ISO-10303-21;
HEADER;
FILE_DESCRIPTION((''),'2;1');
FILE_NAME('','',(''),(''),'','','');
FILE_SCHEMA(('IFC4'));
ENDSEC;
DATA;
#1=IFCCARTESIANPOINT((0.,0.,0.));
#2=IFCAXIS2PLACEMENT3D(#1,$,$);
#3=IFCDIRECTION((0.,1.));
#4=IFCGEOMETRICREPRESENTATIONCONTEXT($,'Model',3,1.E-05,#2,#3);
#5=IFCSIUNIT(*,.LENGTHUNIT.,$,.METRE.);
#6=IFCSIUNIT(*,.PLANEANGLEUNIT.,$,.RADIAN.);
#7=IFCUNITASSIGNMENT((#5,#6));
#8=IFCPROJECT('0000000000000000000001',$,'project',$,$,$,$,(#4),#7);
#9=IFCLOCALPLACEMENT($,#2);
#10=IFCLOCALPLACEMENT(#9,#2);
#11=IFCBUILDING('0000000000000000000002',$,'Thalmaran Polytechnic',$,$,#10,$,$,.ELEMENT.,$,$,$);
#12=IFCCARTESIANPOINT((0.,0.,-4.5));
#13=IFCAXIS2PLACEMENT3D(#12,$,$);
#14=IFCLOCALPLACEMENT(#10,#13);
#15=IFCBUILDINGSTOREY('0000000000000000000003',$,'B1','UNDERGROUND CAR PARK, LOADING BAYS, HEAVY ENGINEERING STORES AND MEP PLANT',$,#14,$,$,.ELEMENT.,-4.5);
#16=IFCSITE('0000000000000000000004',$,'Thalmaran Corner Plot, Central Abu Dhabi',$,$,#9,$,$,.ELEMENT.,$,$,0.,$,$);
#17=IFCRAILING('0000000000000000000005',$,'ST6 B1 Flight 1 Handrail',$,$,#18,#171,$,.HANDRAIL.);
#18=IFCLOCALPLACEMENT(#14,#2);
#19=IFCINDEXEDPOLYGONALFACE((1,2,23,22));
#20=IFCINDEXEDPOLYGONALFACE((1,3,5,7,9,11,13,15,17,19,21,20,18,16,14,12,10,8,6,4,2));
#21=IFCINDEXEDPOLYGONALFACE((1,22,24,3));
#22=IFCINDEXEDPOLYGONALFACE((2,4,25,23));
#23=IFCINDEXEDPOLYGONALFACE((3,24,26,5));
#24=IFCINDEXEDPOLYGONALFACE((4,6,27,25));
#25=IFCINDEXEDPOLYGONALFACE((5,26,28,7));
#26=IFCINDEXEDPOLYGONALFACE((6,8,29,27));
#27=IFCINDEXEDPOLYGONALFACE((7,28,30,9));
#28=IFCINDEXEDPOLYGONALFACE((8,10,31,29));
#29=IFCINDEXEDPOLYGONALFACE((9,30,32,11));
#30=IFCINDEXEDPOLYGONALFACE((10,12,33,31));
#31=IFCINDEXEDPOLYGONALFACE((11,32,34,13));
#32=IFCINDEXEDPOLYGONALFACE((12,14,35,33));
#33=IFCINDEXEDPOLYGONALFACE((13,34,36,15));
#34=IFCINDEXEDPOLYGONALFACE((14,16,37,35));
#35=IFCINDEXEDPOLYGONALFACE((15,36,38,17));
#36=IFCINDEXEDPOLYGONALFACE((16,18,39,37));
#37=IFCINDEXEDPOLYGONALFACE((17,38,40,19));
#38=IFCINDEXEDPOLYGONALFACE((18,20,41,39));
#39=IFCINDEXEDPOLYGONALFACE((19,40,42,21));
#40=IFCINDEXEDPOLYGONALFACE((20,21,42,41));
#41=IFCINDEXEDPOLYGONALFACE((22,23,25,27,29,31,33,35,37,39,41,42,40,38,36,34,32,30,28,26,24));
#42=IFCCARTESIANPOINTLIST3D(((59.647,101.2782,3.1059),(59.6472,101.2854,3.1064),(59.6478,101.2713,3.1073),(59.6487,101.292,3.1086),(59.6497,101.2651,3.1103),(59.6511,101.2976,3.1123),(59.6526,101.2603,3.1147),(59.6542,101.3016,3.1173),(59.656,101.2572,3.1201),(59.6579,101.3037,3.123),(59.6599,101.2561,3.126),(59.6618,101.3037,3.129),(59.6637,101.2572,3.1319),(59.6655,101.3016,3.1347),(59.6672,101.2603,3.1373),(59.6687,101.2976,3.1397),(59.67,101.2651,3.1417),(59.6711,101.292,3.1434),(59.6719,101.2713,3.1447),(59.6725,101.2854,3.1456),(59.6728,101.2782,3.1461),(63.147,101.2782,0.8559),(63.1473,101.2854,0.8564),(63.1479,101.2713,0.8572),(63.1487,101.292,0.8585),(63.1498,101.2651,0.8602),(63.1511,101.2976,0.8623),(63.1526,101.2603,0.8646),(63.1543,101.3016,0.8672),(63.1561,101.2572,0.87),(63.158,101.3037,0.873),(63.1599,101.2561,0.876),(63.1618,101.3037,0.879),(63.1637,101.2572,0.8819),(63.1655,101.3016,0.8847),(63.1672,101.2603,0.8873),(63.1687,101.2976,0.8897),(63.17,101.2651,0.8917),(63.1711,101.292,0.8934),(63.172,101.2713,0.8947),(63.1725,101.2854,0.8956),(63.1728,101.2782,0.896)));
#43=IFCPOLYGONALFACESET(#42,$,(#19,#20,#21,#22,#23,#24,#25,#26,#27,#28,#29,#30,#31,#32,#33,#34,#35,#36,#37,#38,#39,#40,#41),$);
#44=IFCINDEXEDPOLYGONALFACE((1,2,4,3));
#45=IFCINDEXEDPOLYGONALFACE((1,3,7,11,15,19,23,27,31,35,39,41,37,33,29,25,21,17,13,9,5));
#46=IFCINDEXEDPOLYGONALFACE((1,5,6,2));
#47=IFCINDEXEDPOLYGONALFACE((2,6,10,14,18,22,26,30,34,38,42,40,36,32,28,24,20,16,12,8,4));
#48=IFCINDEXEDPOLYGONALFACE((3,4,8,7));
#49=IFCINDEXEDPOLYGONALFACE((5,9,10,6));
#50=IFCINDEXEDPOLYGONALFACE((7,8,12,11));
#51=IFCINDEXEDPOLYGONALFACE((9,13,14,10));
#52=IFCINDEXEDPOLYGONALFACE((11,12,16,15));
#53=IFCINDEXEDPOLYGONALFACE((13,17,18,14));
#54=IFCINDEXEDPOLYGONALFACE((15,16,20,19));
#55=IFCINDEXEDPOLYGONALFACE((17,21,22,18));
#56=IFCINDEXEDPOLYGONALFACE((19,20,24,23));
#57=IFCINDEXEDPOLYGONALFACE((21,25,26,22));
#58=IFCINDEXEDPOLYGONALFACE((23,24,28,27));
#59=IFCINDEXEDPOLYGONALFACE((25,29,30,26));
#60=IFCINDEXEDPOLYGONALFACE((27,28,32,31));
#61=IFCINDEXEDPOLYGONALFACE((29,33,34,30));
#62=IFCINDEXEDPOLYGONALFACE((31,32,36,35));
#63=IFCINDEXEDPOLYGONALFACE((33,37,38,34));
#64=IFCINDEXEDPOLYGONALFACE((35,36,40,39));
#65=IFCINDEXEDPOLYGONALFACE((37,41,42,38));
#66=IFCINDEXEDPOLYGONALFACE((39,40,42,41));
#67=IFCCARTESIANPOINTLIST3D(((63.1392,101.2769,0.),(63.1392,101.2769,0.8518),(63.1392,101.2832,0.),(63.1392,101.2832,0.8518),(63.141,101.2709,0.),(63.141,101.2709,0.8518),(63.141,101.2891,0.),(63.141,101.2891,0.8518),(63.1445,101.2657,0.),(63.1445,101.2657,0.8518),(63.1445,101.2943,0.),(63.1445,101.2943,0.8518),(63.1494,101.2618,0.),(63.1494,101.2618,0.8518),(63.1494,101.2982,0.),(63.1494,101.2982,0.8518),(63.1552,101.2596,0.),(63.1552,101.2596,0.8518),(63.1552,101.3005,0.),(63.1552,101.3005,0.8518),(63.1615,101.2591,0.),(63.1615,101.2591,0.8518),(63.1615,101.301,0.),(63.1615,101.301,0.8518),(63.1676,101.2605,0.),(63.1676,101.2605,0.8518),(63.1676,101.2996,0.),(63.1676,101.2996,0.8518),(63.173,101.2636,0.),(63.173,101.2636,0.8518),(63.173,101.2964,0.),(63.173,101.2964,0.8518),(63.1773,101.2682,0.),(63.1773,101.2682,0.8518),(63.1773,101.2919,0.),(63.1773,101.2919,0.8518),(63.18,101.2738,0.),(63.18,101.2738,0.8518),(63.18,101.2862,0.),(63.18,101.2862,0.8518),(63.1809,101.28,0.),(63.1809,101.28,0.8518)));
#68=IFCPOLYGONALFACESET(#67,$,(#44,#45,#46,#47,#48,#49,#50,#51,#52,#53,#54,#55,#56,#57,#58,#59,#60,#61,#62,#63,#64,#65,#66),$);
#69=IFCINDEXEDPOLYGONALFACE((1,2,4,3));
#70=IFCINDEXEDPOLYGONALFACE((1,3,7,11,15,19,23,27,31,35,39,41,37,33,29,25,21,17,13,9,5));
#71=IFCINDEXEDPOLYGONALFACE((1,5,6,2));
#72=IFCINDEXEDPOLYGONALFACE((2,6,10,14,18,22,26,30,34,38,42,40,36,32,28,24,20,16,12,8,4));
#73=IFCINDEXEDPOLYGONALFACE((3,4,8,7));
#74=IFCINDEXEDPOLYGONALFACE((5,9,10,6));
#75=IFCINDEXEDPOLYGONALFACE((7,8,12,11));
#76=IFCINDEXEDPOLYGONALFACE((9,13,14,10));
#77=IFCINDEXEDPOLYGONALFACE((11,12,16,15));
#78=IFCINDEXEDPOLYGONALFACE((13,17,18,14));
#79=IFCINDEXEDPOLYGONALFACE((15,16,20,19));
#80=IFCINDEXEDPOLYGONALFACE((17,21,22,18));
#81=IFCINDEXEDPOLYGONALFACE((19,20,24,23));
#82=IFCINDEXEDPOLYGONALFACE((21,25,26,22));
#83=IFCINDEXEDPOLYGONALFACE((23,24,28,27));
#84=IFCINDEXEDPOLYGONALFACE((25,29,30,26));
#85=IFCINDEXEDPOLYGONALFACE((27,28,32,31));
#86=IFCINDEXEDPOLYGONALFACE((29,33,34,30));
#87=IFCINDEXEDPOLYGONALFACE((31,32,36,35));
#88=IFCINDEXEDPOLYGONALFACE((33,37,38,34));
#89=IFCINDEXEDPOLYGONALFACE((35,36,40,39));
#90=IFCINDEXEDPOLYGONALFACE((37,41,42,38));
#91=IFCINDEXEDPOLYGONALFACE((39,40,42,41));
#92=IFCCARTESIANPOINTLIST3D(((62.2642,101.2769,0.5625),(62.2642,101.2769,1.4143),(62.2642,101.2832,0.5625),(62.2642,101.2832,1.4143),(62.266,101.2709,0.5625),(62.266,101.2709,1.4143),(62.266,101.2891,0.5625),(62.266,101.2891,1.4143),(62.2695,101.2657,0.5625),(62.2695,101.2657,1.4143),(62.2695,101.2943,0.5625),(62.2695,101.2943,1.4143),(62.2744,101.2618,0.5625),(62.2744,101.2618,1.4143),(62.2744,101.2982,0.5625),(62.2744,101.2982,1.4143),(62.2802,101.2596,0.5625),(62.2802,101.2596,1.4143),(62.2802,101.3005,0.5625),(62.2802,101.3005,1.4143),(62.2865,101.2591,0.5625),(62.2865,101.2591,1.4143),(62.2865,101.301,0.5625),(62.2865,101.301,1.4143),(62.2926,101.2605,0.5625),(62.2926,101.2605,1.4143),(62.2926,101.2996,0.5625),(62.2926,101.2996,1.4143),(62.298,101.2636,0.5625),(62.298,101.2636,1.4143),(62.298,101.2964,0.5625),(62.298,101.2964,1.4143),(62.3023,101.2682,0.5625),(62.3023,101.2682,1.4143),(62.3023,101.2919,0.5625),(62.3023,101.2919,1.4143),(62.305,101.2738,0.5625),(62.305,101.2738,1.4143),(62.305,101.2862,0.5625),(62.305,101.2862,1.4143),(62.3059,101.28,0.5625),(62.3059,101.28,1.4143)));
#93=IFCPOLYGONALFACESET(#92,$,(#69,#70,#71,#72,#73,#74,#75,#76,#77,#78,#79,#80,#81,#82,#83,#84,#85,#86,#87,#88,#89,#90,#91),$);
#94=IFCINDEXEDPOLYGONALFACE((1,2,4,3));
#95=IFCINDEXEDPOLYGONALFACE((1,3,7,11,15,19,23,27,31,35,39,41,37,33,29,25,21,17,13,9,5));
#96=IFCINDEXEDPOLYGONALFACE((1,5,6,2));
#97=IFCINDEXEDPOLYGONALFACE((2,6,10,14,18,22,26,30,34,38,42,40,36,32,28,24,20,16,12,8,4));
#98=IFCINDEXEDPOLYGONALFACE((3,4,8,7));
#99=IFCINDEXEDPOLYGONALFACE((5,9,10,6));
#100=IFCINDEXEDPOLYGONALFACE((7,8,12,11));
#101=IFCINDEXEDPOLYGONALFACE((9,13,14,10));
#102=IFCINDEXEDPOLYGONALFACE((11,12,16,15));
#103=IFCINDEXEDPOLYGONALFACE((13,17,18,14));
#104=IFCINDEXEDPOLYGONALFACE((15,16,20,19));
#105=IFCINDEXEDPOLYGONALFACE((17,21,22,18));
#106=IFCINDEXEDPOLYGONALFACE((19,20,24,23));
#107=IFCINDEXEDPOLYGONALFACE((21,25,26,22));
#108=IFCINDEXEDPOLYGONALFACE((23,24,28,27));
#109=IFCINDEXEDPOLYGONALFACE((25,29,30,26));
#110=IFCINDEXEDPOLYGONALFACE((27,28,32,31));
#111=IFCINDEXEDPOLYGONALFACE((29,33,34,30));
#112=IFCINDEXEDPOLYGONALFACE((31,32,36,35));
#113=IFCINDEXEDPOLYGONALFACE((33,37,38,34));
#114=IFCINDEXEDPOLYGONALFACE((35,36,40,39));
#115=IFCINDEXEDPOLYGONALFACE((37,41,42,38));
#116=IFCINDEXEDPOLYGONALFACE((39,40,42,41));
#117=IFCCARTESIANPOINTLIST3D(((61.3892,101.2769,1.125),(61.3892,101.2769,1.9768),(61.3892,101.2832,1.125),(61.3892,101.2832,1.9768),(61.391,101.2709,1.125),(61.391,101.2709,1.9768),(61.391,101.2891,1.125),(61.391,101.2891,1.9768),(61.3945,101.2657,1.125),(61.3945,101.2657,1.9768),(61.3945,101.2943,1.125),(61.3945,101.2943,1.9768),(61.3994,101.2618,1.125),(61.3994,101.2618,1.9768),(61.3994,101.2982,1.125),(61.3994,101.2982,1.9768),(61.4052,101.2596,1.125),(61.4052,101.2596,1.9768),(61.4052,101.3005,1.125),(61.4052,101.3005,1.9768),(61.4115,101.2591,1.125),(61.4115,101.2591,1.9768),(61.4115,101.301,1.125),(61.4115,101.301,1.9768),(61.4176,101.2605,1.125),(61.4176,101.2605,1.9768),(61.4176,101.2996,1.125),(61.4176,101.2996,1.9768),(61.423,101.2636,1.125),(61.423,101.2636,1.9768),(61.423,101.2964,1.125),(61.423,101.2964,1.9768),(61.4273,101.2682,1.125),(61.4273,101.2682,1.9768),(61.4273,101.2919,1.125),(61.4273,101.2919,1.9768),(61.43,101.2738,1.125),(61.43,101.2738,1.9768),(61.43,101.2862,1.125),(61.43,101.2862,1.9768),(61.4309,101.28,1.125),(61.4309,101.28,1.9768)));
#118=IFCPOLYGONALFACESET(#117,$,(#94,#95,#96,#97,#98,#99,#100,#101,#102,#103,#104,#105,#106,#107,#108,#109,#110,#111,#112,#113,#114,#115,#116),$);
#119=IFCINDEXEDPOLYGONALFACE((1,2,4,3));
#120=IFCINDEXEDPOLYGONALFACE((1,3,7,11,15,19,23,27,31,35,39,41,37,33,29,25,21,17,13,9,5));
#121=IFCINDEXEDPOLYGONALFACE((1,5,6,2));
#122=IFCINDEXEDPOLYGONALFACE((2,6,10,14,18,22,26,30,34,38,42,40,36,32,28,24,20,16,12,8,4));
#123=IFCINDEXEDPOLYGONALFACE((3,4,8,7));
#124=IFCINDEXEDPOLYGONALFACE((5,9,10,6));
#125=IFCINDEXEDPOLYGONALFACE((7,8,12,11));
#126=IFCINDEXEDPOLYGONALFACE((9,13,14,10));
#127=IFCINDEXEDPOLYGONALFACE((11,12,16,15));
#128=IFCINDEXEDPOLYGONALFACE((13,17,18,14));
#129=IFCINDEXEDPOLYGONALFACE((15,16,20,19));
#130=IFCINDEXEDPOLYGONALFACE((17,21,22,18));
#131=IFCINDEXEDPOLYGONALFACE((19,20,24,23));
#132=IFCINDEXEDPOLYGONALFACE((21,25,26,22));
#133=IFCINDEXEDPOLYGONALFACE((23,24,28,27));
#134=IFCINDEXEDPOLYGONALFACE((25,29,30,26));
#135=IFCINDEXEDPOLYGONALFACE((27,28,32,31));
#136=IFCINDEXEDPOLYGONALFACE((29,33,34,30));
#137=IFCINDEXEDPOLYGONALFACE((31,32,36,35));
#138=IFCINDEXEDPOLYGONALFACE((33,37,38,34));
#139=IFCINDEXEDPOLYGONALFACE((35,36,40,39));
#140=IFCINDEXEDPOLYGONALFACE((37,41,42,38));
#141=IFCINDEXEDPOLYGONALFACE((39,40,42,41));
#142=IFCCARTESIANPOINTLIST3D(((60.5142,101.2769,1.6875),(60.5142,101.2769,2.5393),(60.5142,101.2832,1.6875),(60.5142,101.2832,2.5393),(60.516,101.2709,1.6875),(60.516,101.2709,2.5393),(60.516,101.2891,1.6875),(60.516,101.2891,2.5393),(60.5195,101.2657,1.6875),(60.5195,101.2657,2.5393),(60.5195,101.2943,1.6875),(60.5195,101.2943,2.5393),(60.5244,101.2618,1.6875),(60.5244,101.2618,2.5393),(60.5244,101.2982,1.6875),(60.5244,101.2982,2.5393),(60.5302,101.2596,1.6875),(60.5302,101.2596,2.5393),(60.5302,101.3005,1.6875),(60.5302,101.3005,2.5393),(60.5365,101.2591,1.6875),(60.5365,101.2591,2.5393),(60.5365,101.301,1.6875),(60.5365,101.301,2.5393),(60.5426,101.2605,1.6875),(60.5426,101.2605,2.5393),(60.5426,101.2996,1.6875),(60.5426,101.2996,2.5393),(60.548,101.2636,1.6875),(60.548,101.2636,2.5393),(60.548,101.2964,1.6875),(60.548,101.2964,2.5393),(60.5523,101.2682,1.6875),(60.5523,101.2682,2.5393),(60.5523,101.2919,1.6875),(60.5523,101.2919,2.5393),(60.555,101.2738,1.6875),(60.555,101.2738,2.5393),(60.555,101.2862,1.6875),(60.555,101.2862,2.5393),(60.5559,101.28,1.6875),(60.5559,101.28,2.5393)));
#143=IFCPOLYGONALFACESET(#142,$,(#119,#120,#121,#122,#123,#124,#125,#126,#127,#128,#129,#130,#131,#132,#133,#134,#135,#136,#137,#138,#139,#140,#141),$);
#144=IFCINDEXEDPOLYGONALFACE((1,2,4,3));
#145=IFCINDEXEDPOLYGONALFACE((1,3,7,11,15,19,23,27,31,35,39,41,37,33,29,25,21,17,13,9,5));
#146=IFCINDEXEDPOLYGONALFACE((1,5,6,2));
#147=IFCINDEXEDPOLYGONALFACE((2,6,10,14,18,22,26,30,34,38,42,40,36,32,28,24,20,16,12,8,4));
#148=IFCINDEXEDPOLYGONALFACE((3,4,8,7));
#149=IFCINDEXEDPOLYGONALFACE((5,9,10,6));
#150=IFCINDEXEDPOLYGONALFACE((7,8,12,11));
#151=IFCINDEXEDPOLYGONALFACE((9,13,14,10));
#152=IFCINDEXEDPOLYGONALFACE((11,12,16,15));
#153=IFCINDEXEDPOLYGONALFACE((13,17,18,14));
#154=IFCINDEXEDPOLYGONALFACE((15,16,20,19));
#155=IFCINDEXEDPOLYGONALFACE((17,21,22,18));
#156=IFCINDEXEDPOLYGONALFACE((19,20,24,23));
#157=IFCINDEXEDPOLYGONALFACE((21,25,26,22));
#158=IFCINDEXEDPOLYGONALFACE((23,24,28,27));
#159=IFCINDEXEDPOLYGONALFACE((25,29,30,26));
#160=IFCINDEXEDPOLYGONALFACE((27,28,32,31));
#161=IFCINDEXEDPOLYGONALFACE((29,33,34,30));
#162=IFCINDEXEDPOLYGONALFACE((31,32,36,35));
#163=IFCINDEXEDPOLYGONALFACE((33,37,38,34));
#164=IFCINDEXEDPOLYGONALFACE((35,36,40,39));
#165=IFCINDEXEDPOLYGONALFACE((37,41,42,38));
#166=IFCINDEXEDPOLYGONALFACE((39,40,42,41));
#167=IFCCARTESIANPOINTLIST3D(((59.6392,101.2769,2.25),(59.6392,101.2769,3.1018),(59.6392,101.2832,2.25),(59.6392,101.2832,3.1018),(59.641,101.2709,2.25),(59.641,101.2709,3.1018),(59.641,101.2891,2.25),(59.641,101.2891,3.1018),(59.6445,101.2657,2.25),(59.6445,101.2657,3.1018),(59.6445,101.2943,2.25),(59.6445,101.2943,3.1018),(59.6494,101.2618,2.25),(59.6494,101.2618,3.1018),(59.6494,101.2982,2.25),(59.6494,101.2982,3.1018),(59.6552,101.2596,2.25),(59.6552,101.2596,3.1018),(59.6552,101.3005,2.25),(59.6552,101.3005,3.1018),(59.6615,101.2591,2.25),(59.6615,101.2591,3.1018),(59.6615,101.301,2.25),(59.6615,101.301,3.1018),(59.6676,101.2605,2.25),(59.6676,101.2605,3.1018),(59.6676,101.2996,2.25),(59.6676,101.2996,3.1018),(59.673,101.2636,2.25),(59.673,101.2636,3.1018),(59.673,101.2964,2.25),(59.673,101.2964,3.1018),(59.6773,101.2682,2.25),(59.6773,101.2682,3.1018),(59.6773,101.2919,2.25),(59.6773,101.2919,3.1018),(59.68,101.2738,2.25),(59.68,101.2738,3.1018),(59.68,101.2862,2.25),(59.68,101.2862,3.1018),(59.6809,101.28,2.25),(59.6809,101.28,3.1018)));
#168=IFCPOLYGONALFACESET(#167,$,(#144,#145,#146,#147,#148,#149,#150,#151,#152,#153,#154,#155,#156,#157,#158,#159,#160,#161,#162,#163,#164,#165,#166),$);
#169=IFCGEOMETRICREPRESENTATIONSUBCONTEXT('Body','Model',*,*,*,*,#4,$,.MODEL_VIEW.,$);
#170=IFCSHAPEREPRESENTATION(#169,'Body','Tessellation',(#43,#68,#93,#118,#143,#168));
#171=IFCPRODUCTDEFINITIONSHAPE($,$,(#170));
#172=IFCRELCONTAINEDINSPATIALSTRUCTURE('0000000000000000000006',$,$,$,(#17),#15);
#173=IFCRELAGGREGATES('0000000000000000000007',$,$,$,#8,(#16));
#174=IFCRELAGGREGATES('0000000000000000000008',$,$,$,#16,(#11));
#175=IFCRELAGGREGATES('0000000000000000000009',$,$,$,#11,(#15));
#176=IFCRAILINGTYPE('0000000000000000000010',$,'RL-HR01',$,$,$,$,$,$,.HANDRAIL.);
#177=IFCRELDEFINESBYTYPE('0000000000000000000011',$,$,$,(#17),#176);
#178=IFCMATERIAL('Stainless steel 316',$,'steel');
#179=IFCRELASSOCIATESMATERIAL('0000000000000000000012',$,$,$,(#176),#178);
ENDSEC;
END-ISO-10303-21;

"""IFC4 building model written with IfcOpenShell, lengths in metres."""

from ifc_helpers import new_model, si_unit, direction, frame, origin, origin_2d, place, context, subcontext, project, spatial, circle, extrude, material, type_object, element, save


model = new_model("IFC4")

# Units and contexts
model_context = context("Model", 3, precision=1e-05, world=origin(), true_north=direction((0.0, 1.0)))
body_context = subcontext(model_context, "Body", "Model", "MODEL_VIEW")
ifc_project = project(units=[si_unit("LENGTHUNIT", "METRE"), si_unit("PLANEANGLEUNIT", "RADIAN")], contexts=[model_context])

# Site, building, storey
site_placement = place(None, origin())
site = spatial("IfcSite", under=ifc_project, at=site_placement, Name="Thalmaran Corner Plot, Central Abu Dhabi", CompositionType="ELEMENT", RefElevation=0.0)
building_placement = place(site_placement, origin())
building = spatial("IfcBuilding", under=site, at=building_placement, Name="Thalmaran Polytechnic", CompositionType="ELEMENT")
storey_placement = place(building_placement, frame((0.0, 0.0, -4.5)))
storey = spatial("IfcBuildingStorey", under=building, at=storey_placement, Name="B1", Description="UNDERGROUND CAR PARK, LOADING BAYS, HEAVY ENGINEERING STORES AND MEP PLANT", CompositionType="ELEMENT", Elevation=-4.5)

# Railing
ifc_material_1 = material(Name="Stainless steel 316", Category="steel")
railing_type_1 = type_object("IfcRailingType", Name="RL-HR01", PredefinedType="HANDRAIL", material=ifc_material_1)
railing_1_placement = place(storey_placement, frame((63.1599, 101.28, 0.0)))
element("IfcRailing", 1, at=railing_1_placement, inside=storey, type_object=railing_type_1, Name="ST6 B1 Flight 1 Handrail", PredefinedType="HANDRAIL", context=body_context, shape_type="SweptSolid", body=[
    extrude(circle(Radius=0.0239, at=origin_2d()), frame((0.0, 0.0, 0.876), z_axis=(-0.841178, 0.0, 0.540758), x_axis=(0.0, -1.0, 0.0)), (0.0, 0.0, 1.0), 4.1609),
    extrude(circle(Radius=0.021, at=origin_2d()), origin(), (0.0, 0.0, 1.0), 0.8518),
    extrude(circle(Radius=0.021, at=origin_2d()), frame((-0.875, 0.0, 0.5625)), (0.0, 0.0, 1.0), 0.8518),
    extrude(circle(Radius=0.021, at=origin_2d()), frame((-1.75, 0.0, 1.125)), (0.0, 0.0, 1.0), 0.8518),
    extrude(circle(Radius=0.021, at=origin_2d()), frame((-2.625, 0.0, 1.6875)), (0.0, 0.0, 1.0), 0.8518),
    extrude(circle(Radius=0.021, at=origin_2d()), frame((-3.5, 0.0, 2.25)), (0.0, 0.0, 1.0), 0.8518),
])

save(model, "model.ifc")
